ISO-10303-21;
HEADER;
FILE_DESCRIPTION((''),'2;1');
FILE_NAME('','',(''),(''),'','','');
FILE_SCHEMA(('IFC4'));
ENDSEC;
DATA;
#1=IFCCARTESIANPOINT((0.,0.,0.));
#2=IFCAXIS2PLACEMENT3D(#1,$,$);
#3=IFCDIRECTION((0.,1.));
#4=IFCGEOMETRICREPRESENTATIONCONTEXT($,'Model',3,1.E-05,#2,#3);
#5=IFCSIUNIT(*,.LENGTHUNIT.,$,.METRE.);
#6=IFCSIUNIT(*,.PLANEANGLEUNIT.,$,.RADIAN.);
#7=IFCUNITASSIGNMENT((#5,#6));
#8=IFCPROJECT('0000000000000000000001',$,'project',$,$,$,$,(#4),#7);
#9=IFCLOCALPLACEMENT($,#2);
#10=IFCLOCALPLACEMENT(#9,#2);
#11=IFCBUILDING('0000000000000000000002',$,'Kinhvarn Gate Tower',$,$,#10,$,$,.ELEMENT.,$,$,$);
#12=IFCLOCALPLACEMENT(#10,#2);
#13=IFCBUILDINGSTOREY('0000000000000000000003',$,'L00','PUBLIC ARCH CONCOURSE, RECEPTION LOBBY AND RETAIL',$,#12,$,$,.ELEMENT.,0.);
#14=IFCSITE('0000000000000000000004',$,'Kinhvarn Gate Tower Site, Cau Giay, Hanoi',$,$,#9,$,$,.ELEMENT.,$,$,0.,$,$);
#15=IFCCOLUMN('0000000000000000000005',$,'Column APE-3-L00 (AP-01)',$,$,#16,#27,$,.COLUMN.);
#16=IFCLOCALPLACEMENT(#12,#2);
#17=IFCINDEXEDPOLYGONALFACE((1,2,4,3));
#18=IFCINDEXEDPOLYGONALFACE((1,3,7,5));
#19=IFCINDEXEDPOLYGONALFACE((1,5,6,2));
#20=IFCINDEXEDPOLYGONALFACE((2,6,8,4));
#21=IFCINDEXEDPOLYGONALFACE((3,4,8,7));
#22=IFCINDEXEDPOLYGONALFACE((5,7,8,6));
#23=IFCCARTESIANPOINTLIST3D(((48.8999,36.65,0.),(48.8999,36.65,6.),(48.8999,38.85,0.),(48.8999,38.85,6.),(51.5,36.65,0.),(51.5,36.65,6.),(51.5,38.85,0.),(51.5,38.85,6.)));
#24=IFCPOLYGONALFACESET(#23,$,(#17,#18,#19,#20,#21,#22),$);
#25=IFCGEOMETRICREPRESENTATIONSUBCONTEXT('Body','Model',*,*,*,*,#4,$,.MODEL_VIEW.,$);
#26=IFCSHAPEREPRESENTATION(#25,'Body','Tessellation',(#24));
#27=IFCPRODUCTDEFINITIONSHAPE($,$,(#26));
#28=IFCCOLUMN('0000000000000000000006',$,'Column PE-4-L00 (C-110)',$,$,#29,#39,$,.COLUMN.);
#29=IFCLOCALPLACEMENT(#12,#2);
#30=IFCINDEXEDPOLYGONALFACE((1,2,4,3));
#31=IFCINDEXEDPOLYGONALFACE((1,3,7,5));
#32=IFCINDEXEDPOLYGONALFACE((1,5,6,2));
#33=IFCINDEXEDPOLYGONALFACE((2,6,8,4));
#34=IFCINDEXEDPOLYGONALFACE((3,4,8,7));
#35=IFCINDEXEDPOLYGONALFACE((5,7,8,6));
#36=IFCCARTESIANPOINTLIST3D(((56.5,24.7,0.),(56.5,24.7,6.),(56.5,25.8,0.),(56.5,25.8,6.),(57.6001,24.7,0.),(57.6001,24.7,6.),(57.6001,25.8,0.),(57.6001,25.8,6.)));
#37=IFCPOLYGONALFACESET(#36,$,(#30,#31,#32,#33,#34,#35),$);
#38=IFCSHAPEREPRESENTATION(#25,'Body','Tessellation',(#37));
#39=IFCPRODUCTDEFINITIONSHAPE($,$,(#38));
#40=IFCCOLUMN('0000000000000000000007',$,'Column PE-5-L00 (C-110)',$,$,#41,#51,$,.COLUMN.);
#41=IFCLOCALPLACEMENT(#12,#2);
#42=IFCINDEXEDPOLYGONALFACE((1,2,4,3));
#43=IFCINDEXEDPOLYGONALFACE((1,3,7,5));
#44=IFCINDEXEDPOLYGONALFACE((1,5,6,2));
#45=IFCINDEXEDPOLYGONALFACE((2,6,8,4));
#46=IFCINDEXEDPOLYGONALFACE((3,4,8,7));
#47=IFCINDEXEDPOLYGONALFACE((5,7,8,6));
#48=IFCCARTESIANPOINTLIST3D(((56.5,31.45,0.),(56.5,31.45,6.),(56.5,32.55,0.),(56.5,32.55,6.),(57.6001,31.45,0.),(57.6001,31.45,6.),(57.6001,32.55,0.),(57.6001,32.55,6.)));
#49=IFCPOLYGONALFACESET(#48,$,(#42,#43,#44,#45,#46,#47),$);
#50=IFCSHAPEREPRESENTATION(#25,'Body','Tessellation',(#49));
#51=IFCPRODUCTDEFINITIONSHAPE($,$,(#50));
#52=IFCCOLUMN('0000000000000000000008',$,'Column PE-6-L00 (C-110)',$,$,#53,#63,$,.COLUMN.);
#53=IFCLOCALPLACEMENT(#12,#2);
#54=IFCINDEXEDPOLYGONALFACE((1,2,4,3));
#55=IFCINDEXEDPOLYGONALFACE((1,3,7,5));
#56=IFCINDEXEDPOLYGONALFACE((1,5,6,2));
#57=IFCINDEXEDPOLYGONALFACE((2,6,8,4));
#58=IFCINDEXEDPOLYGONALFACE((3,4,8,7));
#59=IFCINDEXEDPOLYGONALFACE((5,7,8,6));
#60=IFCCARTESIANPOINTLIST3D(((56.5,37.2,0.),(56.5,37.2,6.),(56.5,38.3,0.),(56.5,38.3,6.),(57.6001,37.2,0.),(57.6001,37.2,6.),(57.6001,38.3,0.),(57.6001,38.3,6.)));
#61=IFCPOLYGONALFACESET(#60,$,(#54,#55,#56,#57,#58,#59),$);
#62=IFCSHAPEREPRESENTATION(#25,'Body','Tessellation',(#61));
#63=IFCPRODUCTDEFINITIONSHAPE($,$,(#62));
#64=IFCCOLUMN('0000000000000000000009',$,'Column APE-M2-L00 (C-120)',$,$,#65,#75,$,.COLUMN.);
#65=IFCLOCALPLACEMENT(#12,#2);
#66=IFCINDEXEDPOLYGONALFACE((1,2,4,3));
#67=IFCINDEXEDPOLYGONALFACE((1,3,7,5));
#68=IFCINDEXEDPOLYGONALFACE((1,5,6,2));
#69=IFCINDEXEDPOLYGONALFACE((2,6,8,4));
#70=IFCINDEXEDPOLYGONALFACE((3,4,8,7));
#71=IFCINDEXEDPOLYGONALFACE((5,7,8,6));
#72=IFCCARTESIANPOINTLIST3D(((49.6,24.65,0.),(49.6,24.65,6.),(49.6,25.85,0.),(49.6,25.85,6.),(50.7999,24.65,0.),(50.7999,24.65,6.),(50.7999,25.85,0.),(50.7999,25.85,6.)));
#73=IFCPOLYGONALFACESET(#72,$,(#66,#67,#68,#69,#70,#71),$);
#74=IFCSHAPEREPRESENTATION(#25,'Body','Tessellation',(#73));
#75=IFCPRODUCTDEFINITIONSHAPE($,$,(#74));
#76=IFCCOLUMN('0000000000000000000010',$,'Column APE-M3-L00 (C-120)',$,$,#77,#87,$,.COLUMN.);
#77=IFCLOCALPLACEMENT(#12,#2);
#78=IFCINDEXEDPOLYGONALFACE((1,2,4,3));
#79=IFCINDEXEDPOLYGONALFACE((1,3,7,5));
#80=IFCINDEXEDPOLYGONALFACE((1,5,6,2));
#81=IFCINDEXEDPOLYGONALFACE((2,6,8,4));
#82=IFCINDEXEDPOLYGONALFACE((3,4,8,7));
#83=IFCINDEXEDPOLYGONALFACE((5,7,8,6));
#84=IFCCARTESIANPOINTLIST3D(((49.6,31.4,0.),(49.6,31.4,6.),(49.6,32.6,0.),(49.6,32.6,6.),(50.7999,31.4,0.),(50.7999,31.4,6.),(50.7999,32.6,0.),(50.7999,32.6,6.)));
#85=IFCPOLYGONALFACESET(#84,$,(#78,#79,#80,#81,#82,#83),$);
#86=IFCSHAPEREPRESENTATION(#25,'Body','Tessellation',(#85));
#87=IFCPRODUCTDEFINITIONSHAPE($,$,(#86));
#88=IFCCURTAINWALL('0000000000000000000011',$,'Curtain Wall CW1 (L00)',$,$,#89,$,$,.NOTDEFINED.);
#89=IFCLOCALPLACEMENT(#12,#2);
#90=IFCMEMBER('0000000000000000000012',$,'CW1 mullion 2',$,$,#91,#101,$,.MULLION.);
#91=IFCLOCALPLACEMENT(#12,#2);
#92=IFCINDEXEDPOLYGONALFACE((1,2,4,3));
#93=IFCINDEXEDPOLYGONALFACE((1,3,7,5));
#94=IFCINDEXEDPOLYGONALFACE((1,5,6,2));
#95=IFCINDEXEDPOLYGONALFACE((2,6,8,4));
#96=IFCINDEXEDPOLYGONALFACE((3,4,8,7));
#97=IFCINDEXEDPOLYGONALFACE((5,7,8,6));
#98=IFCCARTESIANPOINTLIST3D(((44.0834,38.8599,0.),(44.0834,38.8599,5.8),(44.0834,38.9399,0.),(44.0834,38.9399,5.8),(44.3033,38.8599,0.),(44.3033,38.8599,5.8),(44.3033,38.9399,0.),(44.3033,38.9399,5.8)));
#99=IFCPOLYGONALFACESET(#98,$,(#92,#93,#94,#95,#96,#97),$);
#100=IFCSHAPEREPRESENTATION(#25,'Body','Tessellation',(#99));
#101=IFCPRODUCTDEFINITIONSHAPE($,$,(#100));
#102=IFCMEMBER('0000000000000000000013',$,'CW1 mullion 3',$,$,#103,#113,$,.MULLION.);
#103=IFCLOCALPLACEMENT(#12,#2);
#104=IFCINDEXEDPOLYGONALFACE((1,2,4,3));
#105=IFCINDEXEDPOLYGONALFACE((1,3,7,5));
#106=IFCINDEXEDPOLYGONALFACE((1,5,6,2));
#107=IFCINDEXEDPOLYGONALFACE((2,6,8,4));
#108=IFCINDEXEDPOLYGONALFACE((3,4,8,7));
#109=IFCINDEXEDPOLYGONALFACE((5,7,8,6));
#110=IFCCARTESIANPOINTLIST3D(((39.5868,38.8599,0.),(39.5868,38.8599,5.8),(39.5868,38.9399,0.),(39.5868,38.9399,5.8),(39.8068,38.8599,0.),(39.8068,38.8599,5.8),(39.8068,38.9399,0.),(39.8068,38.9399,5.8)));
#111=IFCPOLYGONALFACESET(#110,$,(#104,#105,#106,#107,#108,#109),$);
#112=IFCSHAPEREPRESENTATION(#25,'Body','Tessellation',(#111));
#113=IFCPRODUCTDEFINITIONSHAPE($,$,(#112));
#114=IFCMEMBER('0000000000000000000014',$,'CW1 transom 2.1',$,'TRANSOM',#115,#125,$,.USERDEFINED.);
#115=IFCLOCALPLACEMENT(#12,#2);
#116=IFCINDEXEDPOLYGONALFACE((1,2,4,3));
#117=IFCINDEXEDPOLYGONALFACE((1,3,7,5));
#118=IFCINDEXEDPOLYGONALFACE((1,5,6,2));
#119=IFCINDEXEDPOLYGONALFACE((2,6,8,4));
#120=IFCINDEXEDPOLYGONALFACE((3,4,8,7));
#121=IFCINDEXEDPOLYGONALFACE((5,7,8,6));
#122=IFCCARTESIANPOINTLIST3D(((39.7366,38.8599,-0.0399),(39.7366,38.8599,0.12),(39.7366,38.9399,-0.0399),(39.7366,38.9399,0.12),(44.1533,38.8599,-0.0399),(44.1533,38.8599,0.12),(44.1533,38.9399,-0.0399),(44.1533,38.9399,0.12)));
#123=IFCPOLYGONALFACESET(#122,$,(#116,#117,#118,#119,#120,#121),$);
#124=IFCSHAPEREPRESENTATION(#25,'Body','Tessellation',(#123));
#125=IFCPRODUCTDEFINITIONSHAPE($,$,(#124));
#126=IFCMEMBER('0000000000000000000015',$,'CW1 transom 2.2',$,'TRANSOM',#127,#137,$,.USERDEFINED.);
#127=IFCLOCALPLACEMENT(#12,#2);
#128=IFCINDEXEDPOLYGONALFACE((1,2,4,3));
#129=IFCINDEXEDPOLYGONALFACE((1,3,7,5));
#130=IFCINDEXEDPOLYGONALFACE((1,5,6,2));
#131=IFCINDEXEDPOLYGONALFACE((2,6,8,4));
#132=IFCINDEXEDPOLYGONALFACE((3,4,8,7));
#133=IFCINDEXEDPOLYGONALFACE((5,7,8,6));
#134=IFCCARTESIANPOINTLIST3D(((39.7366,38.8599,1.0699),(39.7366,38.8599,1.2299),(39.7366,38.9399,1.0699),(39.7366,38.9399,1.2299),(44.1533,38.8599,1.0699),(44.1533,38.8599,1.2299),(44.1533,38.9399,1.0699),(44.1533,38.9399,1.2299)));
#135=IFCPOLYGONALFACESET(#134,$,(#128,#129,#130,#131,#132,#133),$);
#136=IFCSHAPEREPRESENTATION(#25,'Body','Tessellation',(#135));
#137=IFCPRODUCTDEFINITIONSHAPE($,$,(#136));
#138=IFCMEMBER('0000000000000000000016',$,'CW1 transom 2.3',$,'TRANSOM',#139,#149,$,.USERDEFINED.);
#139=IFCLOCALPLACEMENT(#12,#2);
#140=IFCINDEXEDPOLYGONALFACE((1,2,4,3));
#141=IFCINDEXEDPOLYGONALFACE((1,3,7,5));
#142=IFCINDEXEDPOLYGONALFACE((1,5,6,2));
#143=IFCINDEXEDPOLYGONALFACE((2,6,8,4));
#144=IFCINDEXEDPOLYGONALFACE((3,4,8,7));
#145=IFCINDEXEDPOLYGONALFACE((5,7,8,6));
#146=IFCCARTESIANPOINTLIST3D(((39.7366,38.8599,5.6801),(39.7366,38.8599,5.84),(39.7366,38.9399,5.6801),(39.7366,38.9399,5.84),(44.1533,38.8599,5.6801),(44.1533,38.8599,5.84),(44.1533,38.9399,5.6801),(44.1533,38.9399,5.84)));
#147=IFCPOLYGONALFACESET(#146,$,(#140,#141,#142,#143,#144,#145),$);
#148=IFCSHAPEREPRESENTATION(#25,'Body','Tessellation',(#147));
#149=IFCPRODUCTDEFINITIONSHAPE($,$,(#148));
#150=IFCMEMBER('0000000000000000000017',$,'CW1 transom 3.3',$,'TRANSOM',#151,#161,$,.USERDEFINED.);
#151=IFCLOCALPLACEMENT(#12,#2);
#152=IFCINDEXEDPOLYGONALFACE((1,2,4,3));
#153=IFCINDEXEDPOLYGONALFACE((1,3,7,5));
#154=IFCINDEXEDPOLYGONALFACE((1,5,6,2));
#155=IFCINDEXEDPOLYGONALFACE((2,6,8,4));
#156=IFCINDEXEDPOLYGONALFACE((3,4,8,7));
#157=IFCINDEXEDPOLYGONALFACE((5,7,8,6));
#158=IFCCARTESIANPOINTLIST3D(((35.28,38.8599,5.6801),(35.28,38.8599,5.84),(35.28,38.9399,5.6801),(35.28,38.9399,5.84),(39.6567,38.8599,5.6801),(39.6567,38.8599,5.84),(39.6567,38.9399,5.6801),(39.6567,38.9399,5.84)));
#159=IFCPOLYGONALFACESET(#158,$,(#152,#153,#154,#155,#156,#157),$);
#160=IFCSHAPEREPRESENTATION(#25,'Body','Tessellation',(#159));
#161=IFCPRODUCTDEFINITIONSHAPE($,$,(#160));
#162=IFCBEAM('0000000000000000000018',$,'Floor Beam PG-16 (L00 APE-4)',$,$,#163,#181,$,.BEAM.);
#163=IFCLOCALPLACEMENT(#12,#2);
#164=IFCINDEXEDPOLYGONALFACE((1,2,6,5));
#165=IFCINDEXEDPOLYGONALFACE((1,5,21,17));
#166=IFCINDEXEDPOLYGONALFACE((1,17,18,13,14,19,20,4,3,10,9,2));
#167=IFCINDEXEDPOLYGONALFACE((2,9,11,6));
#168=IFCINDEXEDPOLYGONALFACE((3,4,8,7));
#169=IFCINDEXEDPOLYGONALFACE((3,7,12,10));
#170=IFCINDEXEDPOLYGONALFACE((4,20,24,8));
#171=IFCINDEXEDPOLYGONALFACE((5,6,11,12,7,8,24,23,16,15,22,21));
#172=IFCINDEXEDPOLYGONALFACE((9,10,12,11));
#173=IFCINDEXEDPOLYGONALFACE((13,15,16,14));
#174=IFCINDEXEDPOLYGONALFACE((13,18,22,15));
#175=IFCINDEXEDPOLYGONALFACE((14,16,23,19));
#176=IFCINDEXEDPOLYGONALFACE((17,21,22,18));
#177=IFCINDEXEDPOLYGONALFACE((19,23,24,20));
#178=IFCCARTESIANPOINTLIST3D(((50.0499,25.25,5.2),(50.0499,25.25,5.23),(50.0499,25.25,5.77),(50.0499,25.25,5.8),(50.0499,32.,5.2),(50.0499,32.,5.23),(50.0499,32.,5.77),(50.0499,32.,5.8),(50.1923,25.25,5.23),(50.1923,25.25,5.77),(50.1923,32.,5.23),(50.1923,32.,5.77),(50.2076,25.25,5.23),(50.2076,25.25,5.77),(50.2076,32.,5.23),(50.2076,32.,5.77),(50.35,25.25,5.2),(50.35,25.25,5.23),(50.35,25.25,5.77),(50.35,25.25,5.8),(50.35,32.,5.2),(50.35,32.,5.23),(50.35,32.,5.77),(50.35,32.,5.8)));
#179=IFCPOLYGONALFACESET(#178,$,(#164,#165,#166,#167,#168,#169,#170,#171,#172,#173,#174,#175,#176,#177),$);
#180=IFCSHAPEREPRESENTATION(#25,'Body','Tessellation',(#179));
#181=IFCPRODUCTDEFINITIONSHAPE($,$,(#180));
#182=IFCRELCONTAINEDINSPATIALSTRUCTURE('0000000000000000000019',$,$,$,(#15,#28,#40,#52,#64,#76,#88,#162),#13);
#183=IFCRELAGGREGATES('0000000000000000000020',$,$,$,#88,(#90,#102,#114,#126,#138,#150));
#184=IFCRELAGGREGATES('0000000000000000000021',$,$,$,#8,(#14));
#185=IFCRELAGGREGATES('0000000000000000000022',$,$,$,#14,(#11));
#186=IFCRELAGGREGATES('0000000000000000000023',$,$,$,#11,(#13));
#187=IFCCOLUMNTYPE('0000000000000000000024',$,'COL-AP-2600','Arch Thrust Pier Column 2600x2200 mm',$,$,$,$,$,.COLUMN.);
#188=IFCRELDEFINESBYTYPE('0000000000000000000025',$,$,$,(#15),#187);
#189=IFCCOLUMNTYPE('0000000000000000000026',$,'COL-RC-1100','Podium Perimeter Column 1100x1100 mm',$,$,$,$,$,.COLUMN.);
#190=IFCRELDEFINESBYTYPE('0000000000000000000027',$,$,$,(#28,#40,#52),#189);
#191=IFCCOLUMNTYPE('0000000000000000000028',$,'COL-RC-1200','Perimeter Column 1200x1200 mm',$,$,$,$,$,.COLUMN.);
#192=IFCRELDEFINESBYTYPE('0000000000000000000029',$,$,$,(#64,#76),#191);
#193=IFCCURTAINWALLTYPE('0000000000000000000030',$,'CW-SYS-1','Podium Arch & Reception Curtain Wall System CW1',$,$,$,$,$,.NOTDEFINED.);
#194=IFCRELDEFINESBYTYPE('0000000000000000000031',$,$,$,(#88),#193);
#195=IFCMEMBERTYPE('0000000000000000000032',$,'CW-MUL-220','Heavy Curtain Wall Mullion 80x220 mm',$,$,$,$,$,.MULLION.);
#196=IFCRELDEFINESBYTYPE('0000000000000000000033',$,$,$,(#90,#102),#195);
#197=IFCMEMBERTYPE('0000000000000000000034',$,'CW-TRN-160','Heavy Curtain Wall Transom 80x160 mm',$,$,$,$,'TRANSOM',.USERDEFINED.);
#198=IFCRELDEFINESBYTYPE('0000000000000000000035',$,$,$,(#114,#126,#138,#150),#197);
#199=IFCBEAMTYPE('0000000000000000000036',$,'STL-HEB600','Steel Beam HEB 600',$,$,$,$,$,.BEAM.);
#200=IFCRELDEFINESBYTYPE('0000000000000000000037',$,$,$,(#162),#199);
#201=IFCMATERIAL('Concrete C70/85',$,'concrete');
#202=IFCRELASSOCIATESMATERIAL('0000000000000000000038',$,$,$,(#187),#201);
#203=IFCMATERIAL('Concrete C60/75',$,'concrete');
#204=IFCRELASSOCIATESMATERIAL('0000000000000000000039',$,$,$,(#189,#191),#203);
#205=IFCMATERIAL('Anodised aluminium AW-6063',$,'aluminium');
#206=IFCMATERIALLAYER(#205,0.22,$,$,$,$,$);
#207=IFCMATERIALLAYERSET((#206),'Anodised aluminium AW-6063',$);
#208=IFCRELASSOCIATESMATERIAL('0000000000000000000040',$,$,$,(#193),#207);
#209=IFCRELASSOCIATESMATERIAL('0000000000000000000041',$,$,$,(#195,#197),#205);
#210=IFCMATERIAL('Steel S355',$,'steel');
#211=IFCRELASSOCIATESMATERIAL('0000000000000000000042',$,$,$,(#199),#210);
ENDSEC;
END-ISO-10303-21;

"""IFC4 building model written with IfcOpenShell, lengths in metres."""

from ifc_helpers import new_model, si_unit, direction, frame, origin, origin_2d, place, context, subcontext, project, spatial, rectangle, i_section, extrude, material, layer, layer_set, material_profile, profile_set, type_object, element, aggregate, save


model = new_model("IFC4")

# Units and contexts
model_context = context("Model", 3, precision=1e-05, world=origin(), true_north=direction((0.0, 1.0)))
body_context = subcontext(model_context, "Body", "Model", "MODEL_VIEW")
ifc_project = project(units=[si_unit("LENGTHUNIT", "METRE"), si_unit("PLANEANGLEUNIT", "RADIAN")], contexts=[model_context])

# Site, building, storey
site_placement = place(None, origin())
site = spatial("IfcSite", under=ifc_project, at=site_placement, Name="Kinhvarn Gate Tower Site, Cau Giay, Hanoi", CompositionType="ELEMENT", RefElevation=0.0)
building_placement = place(site_placement, origin())
building = spatial("IfcBuilding", under=site, at=building_placement, Name="Kinhvarn Gate Tower", CompositionType="ELEMENT")
storey_placement = place(building_placement, origin())
storey = spatial("IfcBuildingStorey", under=building, at=storey_placement, Name="L00", Description="PUBLIC ARCH CONCOURSE, RECEPTION LOBBY AND RETAIL", CompositionType="ELEMENT", Elevation=0.0)

# Columns
ifc_material_1 = material(Name="Concrete C70/85", Category="concrete")
ifc_material_profile_1 = material_profile(ifc_material_1, rectangle(XDim=2.6001, YDim=2.2, at=origin_2d()), Name="RC 2600x2200")
ifc_profile_set_1 = profile_set([ifc_material_profile_1], Name="Concrete C70/85")
column_type_1 = type_object("IfcColumnType", Name="COL-AP-2600", Description="Arch Thrust Pier Column 2600x2200 mm", PredefinedType="COLUMN", material=ifc_profile_set_1)
column_placement = place(storey_placement, frame((50.2, 37.75, 0.0), z_axis=(0.0, 0.0, 1.0), x_axis=(1.0, 0.0, 0.0)))
element("IfcColumn", 1, at=column_placement, inside=storey, type_object=column_type_1, Name="Column APE-3-L00 (AP-01)", PredefinedType="COLUMN", context=body_context, shape_type="SweptSolid", body=[
    extrude(rectangle(XDim=2.6001, YDim=2.2, at=origin_2d()), origin(), (0.0, 0.0, 1.0), 6.0),
])
ifc_material_2 = material(Name="Concrete C60/75", Category="concrete")
ifc_material_profile_2 = material_profile(ifc_material_2, rectangle(XDim=1.1001, YDim=1.1001, at=origin_2d()), Name="RC 1100x1100")
ifc_profile_set_2 = profile_set([ifc_material_profile_2], Name="Concrete C60/75")
column_type_2 = type_object("IfcColumnType", Name="COL-RC-1100", Description="Podium Perimeter Column 1100x1100 mm", PredefinedType="COLUMN", material=ifc_profile_set_2)
for number, where, z_axis, x_axis, name in (
    (2, (57.05, 25.25, 0.0), (0.0, 0.0, 1.0), (1.0, 0.0, 0.0), "Column PE-4-L00 (C-110)"),
    (3, (57.05, 32.0, 0.0), (0.0, 0.0, 1.0), (1.0, 0.0, 0.0), "Column PE-5-L00 (C-110)"),
    (4, (57.05, 37.75, 0.0), (0.0, 0.0, 1.0), (1.0, 0.0, 0.0), "Column PE-6-L00 (C-110)"),
):
    element("IfcColumn", number, at=place(storey_placement, frame(where, z_axis=z_axis, x_axis=x_axis)), inside=storey, type_object=column_type_2, Name=name, PredefinedType="COLUMN", context=body_context, shape_type="SweptSolid", body=[
        extrude(rectangle(XDim=1.1001, YDim=1.1001, at=origin_2d()), origin(), (0.0, 0.0, 1.0), 6.0),
    ])
ifc_material_profile_3 = material_profile(ifc_material_2, rectangle(XDim=1.2, YDim=1.2, at=origin_2d()), Name="RC 1200x1200")
ifc_profile_set_3 = profile_set([ifc_material_profile_3], Name="Concrete C60/75")
column_type_3 = type_object("IfcColumnType", Name="COL-RC-1200", Description="Perimeter Column 1200x1200 mm", PredefinedType="COLUMN", material=ifc_profile_set_3)
for number, where, z_axis, x_axis, name in (
    (5, (50.2, 25.25, 0.0), (0.0, 0.0, 1.0), (1.0, 0.0, 0.0), "Column APE-M2-L00 (C-120)"),
    (6, (50.2, 32.0, 0.0), (0.0, 0.0, 1.0), (1.0, 0.0, 0.0), "Column APE-M3-L00 (C-120)"),
):
    element("IfcColumn", number, at=place(storey_placement, frame(where, z_axis=z_axis, x_axis=x_axis)), inside=storey, type_object=column_type_3, Name=name, PredefinedType="COLUMN", context=body_context, shape_type="SweptSolid", body=[
        extrude(rectangle(XDim=1.2, YDim=1.2, at=origin_2d()), origin(), (0.0, 0.0, 1.0), 6.0),
    ])

# Curtain wall, members
ifc_material_3 = material(Name="Anodised aluminium AW-6063", Category="aluminium")
ifc_layer_1 = layer(ifc_material_3, 0.22)
ifc_layer_set_1 = layer_set([ifc_layer_1], Name="Anodised aluminium AW-6063")
curtain_wall_type = type_object("IfcCurtainWallType", Name="CW-SYS-1", Description="Podium Arch & Reception Curtain Wall System CW1", PredefinedType="NOTDEFINED", material=ifc_layer_set_1)
curtain_wall_placement = place(storey_placement, origin())
curtain_wall = element("IfcCurtainWall", 7, at=curtain_wall_placement, inside=storey, type_object=curtain_wall_type, Name="Curtain Wall CW1 (L00)", PredefinedType="NOTDEFINED")
ifc_material_profile_4 = material_profile(ifc_material_3, rectangle(XDim=0.0801, YDim=0.22, at=origin_2d()), Name="ALU 80x220")
ifc_profile_set_4 = profile_set([ifc_material_profile_4], Name="Anodised aluminium AW-6063")
member_type_1 = type_object("IfcMemberType", Name="CW-MUL-220", Description="Heavy Curtain Wall Mullion 80x220 mm", PredefinedType="MULLION", material=ifc_profile_set_4)
member_1_placement = place(storey_placement, frame((44.1934, 38.8999, 0.0), z_axis=(0.0, 0.0, 1.0), x_axis=(0.0, -1.0, 0.0)))
member_1 = element("IfcMember", 8, at=member_1_placement, type_object=member_type_1, Name="CW1 mullion 2", PredefinedType="MULLION", context=body_context, shape_type="SweptSolid", body=[
    extrude(rectangle(XDim=0.0801, YDim=0.22, at=origin_2d()), origin(), (0.0, 0.0, 1.0), 5.8),
])
member_2_placement = place(storey_placement, frame((39.6968, 38.8999, 0.0), z_axis=(0.0, 0.0, 1.0), x_axis=(0.0, -1.0, 0.0)))
member_2 = element("IfcMember", 9, at=member_2_placement, type_object=member_type_1, Name="CW1 mullion 3", PredefinedType="MULLION", context=body_context, shape_type="SweptSolid", body=[
    extrude(rectangle(XDim=0.0801, YDim=0.22, at=origin_2d()), origin(), (0.0, 0.0, 1.0), 5.8),
])
ifc_material_profile_5 = material_profile(ifc_material_3, rectangle(XDim=0.0801, YDim=0.1599, at=origin_2d()), Name="ALU 80x160")
ifc_profile_set_5 = profile_set([ifc_material_profile_5], Name="Anodised aluminium AW-6063")
member_type_2 = type_object("IfcMemberType", Name="CW-TRN-160", Description="Heavy Curtain Wall Transom 80x160 mm", ElementType="TRANSOM", PredefinedType="USERDEFINED", material=ifc_profile_set_5)
member_3_placement = place(storey_placement, frame((44.1533, 38.8999, 0.04), z_axis=(-1.0, 0.0, 0.0), x_axis=(0.0, -1.0, 0.0)))
member_3 = element("IfcMember", 10, at=member_3_placement, type_object=member_type_2, Name="CW1 transom 2.1", ObjectType="TRANSOM", PredefinedType="USERDEFINED", context=body_context, shape_type="SweptSolid", body=[
    extrude(rectangle(XDim=0.0801, YDim=0.1599, at=origin_2d()), origin(), (0.0, 0.0, 1.0), 4.4167),
])
member_4_placement = place(storey_placement, frame((44.1533, 38.8999, 1.1499), z_axis=(-1.0, 0.0, 0.0), x_axis=(0.0, -1.0, 0.0)))
member_4 = element("IfcMember", 11, at=member_4_placement, type_object=member_type_2, Name="CW1 transom 2.2", ObjectType="TRANSOM", PredefinedType="USERDEFINED", context=body_context, shape_type="SweptSolid", body=[
    extrude(rectangle(XDim=0.0801, YDim=0.1599, at=origin_2d()), origin(), (0.0, 0.0, 1.0), 4.4167),
])
member_5_placement = place(storey_placement, frame((44.1533, 38.8999, 5.76), z_axis=(-1.0, 0.0, 0.0), x_axis=(0.0, -1.0, 0.0)))
member_5 = element("IfcMember", 12, at=member_5_placement, type_object=member_type_2, Name="CW1 transom 2.3", ObjectType="TRANSOM", PredefinedType="USERDEFINED", context=body_context, shape_type="SweptSolid", body=[
    extrude(rectangle(XDim=0.0801, YDim=0.1599, at=origin_2d()), origin(), (0.0, 0.0, 1.0), 4.4167),
])
member_6_placement = place(storey_placement, frame((39.6567, 38.8999, 5.76), z_axis=(-1.0, 0.0, 0.0), x_axis=(0.0, -1.0, 0.0)))
member_6 = element("IfcMember", 13, at=member_6_placement, type_object=member_type_2, Name="CW1 transom 3.3", ObjectType="TRANSOM", PredefinedType="USERDEFINED", context=body_context, shape_type="SweptSolid", body=[
    extrude(rectangle(XDim=0.0801, YDim=0.1599, at=origin_2d()), origin(), (0.0, 0.0, 1.0), 4.3767),
])

# Beam
ifc_material_4 = material(Name="Steel S355", Category="steel")
ifc_material_profile_6 = material_profile(ifc_material_4, i_section(OverallWidth=0.3, OverallDepth=0.6001, WebThickness=0.0154, FlangeThickness=0.03, at=origin_2d()), Name="HEB 600")
ifc_profile_set_6 = profile_set([ifc_material_profile_6], Name="Steel S355")
beam_type_1 = type_object("IfcBeamType", Name="STL-HEB600", Description="Steel Beam HEB 600", PredefinedType="BEAM", material=ifc_profile_set_6)
beam_1_placement = place(storey_placement, frame((50.2, 25.25, 5.5), z_axis=(0.0, 1.0, 0.0), x_axis=(-1.0, 0.0, 0.0)))
element("IfcBeam", 14, at=beam_1_placement, inside=storey, type_object=beam_type_1, Name="Floor Beam PG-16 (L00 APE-4)", PredefinedType="BEAM", context=body_context, shape_type="SweptSolid", body=[
    extrude(i_section(OverallWidth=0.3, OverallDepth=0.6001, WebThickness=0.0154, FlangeThickness=0.03, at=origin_2d()), origin(), (0.0, 0.0, 1.0), 6.75),
])

aggregate(curtain_wall, [member_1, member_2, member_3, member_4, member_5, member_6])

save(model, "model.ifc")
